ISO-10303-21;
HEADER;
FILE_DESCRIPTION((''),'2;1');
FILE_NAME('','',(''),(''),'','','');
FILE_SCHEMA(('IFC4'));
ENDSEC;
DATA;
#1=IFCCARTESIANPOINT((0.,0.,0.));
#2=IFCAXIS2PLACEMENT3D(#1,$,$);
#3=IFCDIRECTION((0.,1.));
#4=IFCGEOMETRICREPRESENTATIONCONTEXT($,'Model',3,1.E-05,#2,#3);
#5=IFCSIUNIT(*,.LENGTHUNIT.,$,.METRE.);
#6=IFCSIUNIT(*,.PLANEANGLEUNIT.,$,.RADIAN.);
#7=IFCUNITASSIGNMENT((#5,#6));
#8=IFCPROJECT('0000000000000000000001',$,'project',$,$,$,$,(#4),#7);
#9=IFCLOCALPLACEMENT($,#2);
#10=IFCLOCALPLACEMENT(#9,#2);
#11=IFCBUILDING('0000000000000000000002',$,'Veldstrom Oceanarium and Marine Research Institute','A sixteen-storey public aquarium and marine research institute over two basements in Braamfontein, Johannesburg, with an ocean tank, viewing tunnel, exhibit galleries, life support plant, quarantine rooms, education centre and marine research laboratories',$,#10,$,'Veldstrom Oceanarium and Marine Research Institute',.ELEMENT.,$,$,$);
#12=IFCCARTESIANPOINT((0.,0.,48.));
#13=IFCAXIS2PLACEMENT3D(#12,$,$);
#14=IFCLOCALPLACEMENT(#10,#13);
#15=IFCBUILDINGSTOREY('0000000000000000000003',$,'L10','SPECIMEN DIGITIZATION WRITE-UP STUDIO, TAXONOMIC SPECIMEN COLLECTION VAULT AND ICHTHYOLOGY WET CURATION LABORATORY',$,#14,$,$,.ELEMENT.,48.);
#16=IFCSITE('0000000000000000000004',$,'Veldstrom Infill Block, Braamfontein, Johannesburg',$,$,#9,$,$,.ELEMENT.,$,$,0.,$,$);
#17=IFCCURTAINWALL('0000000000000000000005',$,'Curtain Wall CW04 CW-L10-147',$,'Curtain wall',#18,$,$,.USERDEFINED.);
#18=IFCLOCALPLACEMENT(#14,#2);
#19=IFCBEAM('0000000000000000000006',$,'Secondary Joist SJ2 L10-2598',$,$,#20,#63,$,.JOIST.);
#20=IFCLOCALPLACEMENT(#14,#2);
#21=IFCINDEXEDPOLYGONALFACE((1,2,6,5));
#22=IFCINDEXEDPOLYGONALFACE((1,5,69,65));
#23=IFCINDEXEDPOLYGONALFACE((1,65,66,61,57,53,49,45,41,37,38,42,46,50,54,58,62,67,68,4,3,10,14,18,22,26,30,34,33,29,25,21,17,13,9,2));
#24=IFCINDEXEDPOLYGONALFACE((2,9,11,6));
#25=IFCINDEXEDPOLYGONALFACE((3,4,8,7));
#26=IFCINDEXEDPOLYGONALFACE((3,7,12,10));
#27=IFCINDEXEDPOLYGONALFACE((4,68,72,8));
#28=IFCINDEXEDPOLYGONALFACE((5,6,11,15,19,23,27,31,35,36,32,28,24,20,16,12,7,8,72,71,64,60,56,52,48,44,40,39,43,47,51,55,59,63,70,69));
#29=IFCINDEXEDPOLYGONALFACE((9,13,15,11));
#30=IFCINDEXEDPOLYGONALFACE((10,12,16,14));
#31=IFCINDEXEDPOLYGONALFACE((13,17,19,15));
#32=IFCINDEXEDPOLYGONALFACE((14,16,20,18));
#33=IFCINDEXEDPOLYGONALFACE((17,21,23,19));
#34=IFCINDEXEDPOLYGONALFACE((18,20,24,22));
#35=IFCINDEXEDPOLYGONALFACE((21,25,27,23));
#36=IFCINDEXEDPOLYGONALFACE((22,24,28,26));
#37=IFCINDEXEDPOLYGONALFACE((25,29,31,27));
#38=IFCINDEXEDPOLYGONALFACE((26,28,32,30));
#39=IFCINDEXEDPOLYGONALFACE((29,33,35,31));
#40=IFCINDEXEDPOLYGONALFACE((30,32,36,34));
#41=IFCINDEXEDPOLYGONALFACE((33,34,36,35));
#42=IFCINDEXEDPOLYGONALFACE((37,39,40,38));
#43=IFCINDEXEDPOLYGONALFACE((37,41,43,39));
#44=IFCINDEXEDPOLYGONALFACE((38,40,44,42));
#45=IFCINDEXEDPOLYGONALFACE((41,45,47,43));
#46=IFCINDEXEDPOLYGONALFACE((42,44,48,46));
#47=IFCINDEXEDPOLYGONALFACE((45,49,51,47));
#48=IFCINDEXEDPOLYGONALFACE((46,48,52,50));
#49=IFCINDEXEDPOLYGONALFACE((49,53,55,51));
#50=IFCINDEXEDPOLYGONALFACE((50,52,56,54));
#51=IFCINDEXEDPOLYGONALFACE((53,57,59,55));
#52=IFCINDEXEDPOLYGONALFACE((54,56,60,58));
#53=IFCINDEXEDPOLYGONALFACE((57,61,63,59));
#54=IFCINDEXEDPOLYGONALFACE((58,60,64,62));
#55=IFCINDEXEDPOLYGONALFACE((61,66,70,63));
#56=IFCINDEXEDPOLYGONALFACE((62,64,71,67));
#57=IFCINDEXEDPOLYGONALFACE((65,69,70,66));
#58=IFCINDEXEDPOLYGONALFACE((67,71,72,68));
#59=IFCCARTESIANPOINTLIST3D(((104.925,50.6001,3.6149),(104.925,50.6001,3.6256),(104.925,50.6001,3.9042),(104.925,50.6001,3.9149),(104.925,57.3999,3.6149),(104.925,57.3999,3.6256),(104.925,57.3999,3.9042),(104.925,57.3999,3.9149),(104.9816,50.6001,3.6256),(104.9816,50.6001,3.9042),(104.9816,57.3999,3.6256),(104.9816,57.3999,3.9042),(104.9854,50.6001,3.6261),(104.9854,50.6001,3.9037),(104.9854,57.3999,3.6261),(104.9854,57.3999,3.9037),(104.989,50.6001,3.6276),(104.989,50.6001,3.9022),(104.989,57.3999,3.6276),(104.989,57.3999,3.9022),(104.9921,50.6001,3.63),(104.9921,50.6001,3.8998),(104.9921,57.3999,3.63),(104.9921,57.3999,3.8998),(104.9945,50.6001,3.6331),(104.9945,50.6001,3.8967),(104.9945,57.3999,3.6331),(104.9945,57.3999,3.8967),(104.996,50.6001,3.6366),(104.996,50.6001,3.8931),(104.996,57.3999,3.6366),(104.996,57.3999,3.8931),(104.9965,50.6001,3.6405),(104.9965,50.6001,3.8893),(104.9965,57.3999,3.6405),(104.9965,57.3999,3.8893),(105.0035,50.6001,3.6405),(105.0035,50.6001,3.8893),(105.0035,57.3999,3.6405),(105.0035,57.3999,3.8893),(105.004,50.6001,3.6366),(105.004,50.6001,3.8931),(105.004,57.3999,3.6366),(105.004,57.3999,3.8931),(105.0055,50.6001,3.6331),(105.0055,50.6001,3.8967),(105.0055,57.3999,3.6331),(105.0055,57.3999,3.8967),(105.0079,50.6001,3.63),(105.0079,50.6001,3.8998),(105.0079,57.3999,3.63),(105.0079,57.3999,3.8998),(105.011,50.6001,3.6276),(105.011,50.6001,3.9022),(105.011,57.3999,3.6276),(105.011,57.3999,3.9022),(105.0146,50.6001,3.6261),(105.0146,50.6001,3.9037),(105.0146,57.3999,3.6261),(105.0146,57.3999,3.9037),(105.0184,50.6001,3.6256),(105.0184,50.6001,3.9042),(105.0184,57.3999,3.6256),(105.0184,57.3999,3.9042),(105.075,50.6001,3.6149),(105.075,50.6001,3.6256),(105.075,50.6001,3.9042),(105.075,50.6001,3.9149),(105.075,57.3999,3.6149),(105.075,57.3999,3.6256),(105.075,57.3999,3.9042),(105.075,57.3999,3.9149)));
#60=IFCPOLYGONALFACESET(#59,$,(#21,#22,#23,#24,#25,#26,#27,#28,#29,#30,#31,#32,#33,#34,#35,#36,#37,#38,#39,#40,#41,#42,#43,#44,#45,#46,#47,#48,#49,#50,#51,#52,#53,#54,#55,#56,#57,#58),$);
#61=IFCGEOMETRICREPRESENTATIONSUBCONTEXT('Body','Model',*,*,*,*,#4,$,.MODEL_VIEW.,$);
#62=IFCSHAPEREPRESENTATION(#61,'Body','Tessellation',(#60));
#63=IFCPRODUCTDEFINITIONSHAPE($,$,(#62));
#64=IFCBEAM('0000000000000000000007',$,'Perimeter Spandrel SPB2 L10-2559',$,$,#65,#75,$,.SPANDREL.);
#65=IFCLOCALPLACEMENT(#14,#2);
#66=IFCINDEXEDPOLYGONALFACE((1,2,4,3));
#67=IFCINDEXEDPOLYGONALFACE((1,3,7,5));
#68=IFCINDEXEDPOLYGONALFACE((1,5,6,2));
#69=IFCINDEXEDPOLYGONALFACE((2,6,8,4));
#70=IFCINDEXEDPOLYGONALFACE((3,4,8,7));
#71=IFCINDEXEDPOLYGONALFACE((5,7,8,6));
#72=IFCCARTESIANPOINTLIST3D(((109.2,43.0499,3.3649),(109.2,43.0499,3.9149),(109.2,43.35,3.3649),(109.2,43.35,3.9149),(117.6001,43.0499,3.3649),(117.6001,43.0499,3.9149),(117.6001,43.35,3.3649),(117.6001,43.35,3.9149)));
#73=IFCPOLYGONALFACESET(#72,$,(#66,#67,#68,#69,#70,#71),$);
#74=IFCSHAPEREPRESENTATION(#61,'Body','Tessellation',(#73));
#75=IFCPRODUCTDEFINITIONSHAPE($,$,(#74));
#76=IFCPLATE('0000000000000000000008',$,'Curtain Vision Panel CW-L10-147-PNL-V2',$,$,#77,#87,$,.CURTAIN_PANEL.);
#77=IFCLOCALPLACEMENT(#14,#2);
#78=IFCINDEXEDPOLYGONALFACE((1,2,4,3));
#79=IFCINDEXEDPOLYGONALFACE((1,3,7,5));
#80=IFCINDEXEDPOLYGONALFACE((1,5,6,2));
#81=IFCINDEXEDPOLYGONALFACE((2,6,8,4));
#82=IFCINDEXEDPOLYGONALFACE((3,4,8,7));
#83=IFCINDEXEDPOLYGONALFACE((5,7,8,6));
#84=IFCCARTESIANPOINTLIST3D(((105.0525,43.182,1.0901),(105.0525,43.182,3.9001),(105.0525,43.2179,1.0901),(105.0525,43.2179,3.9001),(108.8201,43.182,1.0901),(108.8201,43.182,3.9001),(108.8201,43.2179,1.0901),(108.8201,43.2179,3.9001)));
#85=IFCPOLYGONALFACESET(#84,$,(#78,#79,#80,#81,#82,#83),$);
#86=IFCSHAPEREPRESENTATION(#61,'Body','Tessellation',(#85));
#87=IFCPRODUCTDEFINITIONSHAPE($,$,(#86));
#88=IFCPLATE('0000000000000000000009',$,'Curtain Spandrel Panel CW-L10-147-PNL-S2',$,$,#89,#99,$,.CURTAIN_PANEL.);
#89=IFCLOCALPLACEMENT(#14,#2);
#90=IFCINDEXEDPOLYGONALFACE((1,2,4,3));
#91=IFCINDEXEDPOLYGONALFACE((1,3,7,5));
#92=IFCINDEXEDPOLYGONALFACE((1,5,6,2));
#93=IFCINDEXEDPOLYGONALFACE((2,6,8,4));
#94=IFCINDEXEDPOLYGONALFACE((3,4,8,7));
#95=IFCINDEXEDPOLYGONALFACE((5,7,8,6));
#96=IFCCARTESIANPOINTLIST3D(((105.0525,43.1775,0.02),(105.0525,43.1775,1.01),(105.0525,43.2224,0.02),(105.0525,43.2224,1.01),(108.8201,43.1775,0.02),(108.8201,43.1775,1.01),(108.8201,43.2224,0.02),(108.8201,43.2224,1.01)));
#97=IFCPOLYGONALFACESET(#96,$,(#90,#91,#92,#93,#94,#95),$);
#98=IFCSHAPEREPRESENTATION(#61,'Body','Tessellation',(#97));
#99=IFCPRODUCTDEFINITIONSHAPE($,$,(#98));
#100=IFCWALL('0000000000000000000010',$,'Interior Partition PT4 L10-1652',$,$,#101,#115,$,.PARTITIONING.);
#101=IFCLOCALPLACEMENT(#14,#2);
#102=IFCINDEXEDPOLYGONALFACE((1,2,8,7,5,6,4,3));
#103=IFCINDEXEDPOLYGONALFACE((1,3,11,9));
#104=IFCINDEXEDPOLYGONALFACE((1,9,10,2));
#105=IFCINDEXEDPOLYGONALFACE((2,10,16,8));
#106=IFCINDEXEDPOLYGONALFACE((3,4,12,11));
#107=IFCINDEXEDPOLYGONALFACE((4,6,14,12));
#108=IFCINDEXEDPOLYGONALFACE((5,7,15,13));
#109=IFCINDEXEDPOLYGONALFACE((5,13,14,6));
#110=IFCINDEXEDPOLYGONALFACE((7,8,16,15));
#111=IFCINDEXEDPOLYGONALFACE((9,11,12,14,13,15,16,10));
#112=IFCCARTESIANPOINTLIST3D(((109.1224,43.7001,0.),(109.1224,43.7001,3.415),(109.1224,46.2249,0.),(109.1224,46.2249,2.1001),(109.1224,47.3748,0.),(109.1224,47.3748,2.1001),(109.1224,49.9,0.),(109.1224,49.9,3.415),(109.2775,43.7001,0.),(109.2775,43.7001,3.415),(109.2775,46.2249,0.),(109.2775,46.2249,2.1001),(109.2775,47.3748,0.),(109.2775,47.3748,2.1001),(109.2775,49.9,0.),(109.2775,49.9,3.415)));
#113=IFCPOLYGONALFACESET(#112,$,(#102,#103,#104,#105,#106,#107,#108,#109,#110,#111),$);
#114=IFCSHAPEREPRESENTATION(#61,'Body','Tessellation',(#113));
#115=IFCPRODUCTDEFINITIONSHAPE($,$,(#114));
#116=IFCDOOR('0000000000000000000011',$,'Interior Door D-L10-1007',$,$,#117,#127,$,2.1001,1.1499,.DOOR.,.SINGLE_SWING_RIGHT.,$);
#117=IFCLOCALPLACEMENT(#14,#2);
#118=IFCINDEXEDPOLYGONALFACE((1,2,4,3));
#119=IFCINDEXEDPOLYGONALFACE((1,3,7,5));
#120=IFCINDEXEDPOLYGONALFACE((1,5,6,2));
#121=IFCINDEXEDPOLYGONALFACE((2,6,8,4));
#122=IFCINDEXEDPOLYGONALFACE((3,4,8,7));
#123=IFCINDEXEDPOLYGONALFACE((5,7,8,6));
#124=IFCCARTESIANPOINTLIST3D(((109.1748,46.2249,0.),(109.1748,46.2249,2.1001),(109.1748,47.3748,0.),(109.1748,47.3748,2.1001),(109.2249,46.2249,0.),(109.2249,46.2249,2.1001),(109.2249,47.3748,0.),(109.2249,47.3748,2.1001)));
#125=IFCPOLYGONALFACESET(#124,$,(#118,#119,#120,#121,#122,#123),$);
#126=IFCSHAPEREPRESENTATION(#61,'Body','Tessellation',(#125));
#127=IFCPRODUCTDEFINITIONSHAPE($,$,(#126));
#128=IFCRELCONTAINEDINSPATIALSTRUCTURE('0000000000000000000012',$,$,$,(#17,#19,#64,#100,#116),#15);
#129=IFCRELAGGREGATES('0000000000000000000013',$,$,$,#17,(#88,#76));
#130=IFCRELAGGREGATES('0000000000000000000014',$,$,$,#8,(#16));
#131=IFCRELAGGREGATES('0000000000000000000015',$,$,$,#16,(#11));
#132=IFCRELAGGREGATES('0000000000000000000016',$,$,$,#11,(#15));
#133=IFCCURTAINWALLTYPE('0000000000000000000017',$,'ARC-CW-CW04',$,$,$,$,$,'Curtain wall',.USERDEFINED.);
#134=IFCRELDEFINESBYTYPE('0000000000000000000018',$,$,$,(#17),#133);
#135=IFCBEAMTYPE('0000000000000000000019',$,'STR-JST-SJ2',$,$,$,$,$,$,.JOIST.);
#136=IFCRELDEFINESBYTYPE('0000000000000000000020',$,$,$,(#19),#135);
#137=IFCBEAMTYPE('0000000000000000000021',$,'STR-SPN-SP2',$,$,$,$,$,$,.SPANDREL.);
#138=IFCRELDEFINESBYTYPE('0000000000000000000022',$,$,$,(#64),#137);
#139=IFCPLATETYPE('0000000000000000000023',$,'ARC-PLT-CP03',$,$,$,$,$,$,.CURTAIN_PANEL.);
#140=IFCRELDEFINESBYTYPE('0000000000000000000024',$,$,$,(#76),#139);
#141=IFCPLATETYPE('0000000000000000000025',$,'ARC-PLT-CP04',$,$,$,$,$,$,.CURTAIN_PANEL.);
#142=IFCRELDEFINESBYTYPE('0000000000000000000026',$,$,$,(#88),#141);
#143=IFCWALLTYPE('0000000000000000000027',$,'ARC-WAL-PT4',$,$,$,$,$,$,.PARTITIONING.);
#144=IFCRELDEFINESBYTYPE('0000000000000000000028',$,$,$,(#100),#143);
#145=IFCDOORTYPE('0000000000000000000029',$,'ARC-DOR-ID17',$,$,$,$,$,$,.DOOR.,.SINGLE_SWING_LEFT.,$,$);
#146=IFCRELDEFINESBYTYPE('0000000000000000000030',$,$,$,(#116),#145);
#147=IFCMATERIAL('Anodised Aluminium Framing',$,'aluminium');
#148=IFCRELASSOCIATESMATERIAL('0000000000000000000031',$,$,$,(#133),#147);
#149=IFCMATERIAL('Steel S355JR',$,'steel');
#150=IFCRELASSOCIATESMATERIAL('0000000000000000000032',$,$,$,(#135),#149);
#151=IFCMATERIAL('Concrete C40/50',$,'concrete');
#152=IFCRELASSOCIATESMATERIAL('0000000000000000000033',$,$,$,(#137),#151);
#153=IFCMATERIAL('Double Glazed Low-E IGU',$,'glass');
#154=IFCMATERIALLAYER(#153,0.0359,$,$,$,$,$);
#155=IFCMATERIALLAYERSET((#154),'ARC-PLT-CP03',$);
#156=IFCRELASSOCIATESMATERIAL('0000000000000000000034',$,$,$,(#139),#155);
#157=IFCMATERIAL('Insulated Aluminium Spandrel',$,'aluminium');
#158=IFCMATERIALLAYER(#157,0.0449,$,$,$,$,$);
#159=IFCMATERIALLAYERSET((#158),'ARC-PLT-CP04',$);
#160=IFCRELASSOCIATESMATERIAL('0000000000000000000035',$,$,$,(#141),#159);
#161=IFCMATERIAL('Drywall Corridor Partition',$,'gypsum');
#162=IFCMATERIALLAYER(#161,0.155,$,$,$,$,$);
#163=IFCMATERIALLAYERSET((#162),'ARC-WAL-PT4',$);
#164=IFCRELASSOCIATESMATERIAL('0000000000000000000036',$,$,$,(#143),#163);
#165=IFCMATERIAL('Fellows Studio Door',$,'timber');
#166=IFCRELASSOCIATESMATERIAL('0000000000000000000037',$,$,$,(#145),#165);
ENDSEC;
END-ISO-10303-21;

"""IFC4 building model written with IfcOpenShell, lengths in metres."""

from ifc_helpers import new_model, si_unit, direction, frame, frame_2d, origin, origin_2d, place, context, subcontext, project, spatial, rectangle, i_section, extrude, material, layer, layer_set, material_profile, profile_set, type_object, element, fill, aggregate, save


model = new_model("IFC4")

# Units and contexts
model_context = context("Model", 3, precision=1e-05, world=origin(), true_north=direction((0.0, 1.0)))
body_context = subcontext(model_context, "Body", "Model", "MODEL_VIEW")
ifc_project = project(units=[si_unit("LENGTHUNIT", "METRE"), si_unit("PLANEANGLEUNIT", "RADIAN")], contexts=[model_context])

# Site, building, storey
site_placement = place(None, origin())
site = spatial("IfcSite", under=ifc_project, at=site_placement, Name="Veldstrom Infill Block, Braamfontein, Johannesburg", CompositionType="ELEMENT", RefElevation=0.0)
building_placement = place(site_placement, origin())
building = spatial("IfcBuilding", under=site, at=building_placement, Name="Veldstrom Oceanarium and Marine Research Institute", Description="A sixteen-storey public aquarium and marine research institute over two basements in Braamfontein, Johannesburg, with an ocean tank, viewing tunnel, exhibit galleries, life support plant, quarantine rooms, education centre and marine research laboratories", LongName="Veldstrom Oceanarium and Marine Research Institute", CompositionType="ELEMENT")
storey_placement = place(building_placement, frame((0.0, 0.0, 48.0)))
storey = spatial("IfcBuildingStorey", under=building, at=storey_placement, Name="L10", Description="SPECIMEN DIGITIZATION WRITE-UP STUDIO, TAXONOMIC SPECIMEN COLLECTION VAULT AND ICHTHYOLOGY WET CURATION LABORATORY", CompositionType="ELEMENT", Elevation=48.0)

# Curtain wall
ifc_material_1 = material(Name="Anodised Aluminium Framing", Category="aluminium")
curtain_wall_type = type_object("IfcCurtainWallType", Name="ARC-CW-CW04", ElementType="Curtain wall", PredefinedType="USERDEFINED", material=ifc_material_1)
curtain_wall_1_placement = place(storey_placement, origin())
curtain_wall_1 = element("IfcCurtainWall", 1, at=curtain_wall_1_placement, inside=storey, type_object=curtain_wall_type, Name="Curtain Wall CW04 CW-L10-147", ObjectType="Curtain wall", PredefinedType="USERDEFINED")

# Beams
ifc_material_2 = material(Name="Steel S355JR", Category="steel")
ifc_material_profile_1 = material_profile(ifc_material_2, i_section(OverallWidth=0.1499, OverallDepth=0.3, WebThickness=0.0071, FlangeThickness=0.0107, FilletRadius=0.0149, at=origin_2d()), Name="IPE 300")
ifc_profile_set_1 = profile_set([ifc_material_profile_1], Name="Steel S355JR")
beam_type_1 = type_object("IfcBeamType", Name="STR-JST-SJ2", PredefinedType="JOIST", material=ifc_profile_set_1)
beam_1_placement = place(storey_placement, frame((105.0, 50.6001, 3.7649), z_axis=(0.0, 1.0, 0.0), x_axis=(-1.0, 0.0, 0.0)))
element("IfcBeam", 2, at=beam_1_placement, inside=storey, type_object=beam_type_1, Name="Secondary Joist SJ2 L10-2598", PredefinedType="JOIST", context=body_context, shape_type="SweptSolid", body=[
    extrude(i_section(OverallWidth=0.1499, OverallDepth=0.3, WebThickness=0.0071, FlangeThickness=0.0107, FilletRadius=0.0149, at=origin_2d()), origin(), (0.0, 0.0, 1.0), 6.7998),
])
ifc_material_3 = material(Name="Concrete C40/50", Category="concrete")
ifc_material_profile_2 = material_profile(ifc_material_3, rectangle(XDim=0.3, YDim=0.55, at=origin_2d()), Name="RC-SPN-300x550")
ifc_profile_set_2 = profile_set([ifc_material_profile_2], Name="Concrete C40/50")
beam_type_2 = type_object("IfcBeamType", Name="STR-SPN-SP2", PredefinedType="SPANDREL", material=ifc_profile_set_2)
beam_2_placement = place(storey_placement, frame((109.2, 43.2, 3.6399), z_axis=(1.0, 0.0, 0.0), x_axis=(0.0, 1.0, 0.0)))
element("IfcBeam", 3, at=beam_2_placement, inside=storey, type_object=beam_type_2, Name="Perimeter Spandrel SPB2 L10-2559", PredefinedType="SPANDREL", context=body_context, shape_type="SweptSolid", body=[
    extrude(rectangle(XDim=0.3, YDim=0.55, at=origin_2d()), origin(), (0.0, 0.0, 1.0), 8.4001),
])

# Plates
ifc_material_4 = material(Name="Double Glazed Low-E IGU", Category="glass")
ifc_layer_1 = layer(ifc_material_4, 0.0359)
ifc_layer_set_1 = layer_set([ifc_layer_1], Name="ARC-PLT-CP03")
plate_type_1 = type_object("IfcPlateType", Name="ARC-PLT-CP03", PredefinedType="CURTAIN_PANEL", material=ifc_layer_set_1)
plate_1_placement = place(storey_placement, frame((106.9363, 43.2, 1.0901), z_axis=(0.0, 0.0, 1.0), x_axis=(1.0, 0.0, 0.0)))
plate_1 = element("IfcPlate", 4, at=plate_1_placement, type_object=plate_type_1, Name="Curtain Vision Panel CW-L10-147-PNL-V2", PredefinedType="CURTAIN_PANEL", context=body_context, shape_type="SweptSolid", body=[
    extrude(rectangle(XDim=3.7676, YDim=0.0359, at=origin_2d()), origin(), (0.0, 0.0, 1.0), 2.8101),
])
ifc_material_5 = material(Name="Insulated Aluminium Spandrel", Category="aluminium")
ifc_layer_2 = layer(ifc_material_5, 0.0449)
ifc_layer_set_2 = layer_set([ifc_layer_2], Name="ARC-PLT-CP04")
plate_type_2 = type_object("IfcPlateType", Name="ARC-PLT-CP04", PredefinedType="CURTAIN_PANEL", material=ifc_layer_set_2)
plate_2_placement = place(storey_placement, frame((106.9363, 43.2, 0.02), z_axis=(0.0, 0.0, 1.0), x_axis=(1.0, 0.0, 0.0)))
plate_2 = element("IfcPlate", 5, at=plate_2_placement, type_object=plate_type_2, Name="Curtain Spandrel Panel CW-L10-147-PNL-S2", PredefinedType="CURTAIN_PANEL", context=body_context, shape_type="SweptSolid", body=[
    extrude(rectangle(XDim=3.7676, YDim=0.0449, at=origin_2d()), origin(), (0.0, 0.0, 1.0), 0.99),
])
aggregate(curtain_wall_1, [plate_2, plate_1])

# Wall, opening, door
ifc_material_6 = material(Name="Drywall Corridor Partition", Category="gypsum")
ifc_layer_3 = layer(ifc_material_6, 0.155)
ifc_layer_set_3 = layer_set([ifc_layer_3], Name="ARC-WAL-PT4")
wall_type_1 = type_object("IfcWallType", Name="ARC-WAL-PT4", PredefinedType="PARTITIONING", material=ifc_layer_set_3)
wall_1_placement = place(storey_placement, frame((109.2, 43.7, 0.0), z_axis=(0.0, 0.0, 1.0), x_axis=(0.0, 1.0, 0.0)))
wall_1 = element("IfcWall", 6, at=wall_1_placement, inside=storey, type_object=wall_type_1, Name="Interior Partition PT4 L10-1652", PredefinedType="PARTITIONING", context=body_context, shape_type="SweptSolid", body=[
    extrude(rectangle(XDim=6.2, YDim=0.155, at=frame_2d((3.1001, 0.0))), origin(), (0.0, 0.0, 1.0), 3.415),
])
opening_1_placement = place(wall_1_placement, frame((2.5249, 0.0, 0.0)))
opening_1 = element("IfcOpeningElement", 7, at=opening_1_placement, cuts=wall_1, PredefinedType="OPENING", context=body_context, shape_type="SweptSolid", body=[
    extrude(rectangle(XDim=1.1499, YDim=2.1001, at=frame_2d((0.575, 1.05))), frame((0.0, 0.0874, 0.0), z_axis=(0.0, -1.0, 0.0), x_axis=(1.0, 0.0, 0.0)), (0.0, 0.0, 1.0), 0.175),
])
ifc_material_7 = material(Name="Fellows Studio Door", Category="timber")
door_type_1 = type_object("IfcDoorType", Name="ARC-DOR-ID17", OperationType="SINGLE_SWING_LEFT", PredefinedType="DOOR", material=ifc_material_7)
door_1_placement = place(opening_1_placement, frame((1.1499, 0.0, 0.0), z_axis=(0.0, 0.0, 1.0), x_axis=(-1.0, 0.0, 0.0)))
door_1 = element("IfcDoor", 8, at=door_1_placement, inside=storey, type_object=door_type_1, Name="Interior Door D-L10-1007", OperationType="SINGLE_SWING_RIGHT", OverallHeight=2.1001, OverallWidth=1.1499, PredefinedType="DOOR", context=body_context, shape_type="SweptSolid", body=[
    extrude(rectangle(XDim=1.1499, YDim=2.1001, at=frame_2d((0.575, 1.05))), frame((0.0, 0.0249, 0.0), z_axis=(0.0, -1.0, 0.0), x_axis=(1.0, 0.0, 0.0)), (0.0, 0.0, 1.0), 0.05),
])
fill(opening_1, door_1)

save(model, "model.ifc")
